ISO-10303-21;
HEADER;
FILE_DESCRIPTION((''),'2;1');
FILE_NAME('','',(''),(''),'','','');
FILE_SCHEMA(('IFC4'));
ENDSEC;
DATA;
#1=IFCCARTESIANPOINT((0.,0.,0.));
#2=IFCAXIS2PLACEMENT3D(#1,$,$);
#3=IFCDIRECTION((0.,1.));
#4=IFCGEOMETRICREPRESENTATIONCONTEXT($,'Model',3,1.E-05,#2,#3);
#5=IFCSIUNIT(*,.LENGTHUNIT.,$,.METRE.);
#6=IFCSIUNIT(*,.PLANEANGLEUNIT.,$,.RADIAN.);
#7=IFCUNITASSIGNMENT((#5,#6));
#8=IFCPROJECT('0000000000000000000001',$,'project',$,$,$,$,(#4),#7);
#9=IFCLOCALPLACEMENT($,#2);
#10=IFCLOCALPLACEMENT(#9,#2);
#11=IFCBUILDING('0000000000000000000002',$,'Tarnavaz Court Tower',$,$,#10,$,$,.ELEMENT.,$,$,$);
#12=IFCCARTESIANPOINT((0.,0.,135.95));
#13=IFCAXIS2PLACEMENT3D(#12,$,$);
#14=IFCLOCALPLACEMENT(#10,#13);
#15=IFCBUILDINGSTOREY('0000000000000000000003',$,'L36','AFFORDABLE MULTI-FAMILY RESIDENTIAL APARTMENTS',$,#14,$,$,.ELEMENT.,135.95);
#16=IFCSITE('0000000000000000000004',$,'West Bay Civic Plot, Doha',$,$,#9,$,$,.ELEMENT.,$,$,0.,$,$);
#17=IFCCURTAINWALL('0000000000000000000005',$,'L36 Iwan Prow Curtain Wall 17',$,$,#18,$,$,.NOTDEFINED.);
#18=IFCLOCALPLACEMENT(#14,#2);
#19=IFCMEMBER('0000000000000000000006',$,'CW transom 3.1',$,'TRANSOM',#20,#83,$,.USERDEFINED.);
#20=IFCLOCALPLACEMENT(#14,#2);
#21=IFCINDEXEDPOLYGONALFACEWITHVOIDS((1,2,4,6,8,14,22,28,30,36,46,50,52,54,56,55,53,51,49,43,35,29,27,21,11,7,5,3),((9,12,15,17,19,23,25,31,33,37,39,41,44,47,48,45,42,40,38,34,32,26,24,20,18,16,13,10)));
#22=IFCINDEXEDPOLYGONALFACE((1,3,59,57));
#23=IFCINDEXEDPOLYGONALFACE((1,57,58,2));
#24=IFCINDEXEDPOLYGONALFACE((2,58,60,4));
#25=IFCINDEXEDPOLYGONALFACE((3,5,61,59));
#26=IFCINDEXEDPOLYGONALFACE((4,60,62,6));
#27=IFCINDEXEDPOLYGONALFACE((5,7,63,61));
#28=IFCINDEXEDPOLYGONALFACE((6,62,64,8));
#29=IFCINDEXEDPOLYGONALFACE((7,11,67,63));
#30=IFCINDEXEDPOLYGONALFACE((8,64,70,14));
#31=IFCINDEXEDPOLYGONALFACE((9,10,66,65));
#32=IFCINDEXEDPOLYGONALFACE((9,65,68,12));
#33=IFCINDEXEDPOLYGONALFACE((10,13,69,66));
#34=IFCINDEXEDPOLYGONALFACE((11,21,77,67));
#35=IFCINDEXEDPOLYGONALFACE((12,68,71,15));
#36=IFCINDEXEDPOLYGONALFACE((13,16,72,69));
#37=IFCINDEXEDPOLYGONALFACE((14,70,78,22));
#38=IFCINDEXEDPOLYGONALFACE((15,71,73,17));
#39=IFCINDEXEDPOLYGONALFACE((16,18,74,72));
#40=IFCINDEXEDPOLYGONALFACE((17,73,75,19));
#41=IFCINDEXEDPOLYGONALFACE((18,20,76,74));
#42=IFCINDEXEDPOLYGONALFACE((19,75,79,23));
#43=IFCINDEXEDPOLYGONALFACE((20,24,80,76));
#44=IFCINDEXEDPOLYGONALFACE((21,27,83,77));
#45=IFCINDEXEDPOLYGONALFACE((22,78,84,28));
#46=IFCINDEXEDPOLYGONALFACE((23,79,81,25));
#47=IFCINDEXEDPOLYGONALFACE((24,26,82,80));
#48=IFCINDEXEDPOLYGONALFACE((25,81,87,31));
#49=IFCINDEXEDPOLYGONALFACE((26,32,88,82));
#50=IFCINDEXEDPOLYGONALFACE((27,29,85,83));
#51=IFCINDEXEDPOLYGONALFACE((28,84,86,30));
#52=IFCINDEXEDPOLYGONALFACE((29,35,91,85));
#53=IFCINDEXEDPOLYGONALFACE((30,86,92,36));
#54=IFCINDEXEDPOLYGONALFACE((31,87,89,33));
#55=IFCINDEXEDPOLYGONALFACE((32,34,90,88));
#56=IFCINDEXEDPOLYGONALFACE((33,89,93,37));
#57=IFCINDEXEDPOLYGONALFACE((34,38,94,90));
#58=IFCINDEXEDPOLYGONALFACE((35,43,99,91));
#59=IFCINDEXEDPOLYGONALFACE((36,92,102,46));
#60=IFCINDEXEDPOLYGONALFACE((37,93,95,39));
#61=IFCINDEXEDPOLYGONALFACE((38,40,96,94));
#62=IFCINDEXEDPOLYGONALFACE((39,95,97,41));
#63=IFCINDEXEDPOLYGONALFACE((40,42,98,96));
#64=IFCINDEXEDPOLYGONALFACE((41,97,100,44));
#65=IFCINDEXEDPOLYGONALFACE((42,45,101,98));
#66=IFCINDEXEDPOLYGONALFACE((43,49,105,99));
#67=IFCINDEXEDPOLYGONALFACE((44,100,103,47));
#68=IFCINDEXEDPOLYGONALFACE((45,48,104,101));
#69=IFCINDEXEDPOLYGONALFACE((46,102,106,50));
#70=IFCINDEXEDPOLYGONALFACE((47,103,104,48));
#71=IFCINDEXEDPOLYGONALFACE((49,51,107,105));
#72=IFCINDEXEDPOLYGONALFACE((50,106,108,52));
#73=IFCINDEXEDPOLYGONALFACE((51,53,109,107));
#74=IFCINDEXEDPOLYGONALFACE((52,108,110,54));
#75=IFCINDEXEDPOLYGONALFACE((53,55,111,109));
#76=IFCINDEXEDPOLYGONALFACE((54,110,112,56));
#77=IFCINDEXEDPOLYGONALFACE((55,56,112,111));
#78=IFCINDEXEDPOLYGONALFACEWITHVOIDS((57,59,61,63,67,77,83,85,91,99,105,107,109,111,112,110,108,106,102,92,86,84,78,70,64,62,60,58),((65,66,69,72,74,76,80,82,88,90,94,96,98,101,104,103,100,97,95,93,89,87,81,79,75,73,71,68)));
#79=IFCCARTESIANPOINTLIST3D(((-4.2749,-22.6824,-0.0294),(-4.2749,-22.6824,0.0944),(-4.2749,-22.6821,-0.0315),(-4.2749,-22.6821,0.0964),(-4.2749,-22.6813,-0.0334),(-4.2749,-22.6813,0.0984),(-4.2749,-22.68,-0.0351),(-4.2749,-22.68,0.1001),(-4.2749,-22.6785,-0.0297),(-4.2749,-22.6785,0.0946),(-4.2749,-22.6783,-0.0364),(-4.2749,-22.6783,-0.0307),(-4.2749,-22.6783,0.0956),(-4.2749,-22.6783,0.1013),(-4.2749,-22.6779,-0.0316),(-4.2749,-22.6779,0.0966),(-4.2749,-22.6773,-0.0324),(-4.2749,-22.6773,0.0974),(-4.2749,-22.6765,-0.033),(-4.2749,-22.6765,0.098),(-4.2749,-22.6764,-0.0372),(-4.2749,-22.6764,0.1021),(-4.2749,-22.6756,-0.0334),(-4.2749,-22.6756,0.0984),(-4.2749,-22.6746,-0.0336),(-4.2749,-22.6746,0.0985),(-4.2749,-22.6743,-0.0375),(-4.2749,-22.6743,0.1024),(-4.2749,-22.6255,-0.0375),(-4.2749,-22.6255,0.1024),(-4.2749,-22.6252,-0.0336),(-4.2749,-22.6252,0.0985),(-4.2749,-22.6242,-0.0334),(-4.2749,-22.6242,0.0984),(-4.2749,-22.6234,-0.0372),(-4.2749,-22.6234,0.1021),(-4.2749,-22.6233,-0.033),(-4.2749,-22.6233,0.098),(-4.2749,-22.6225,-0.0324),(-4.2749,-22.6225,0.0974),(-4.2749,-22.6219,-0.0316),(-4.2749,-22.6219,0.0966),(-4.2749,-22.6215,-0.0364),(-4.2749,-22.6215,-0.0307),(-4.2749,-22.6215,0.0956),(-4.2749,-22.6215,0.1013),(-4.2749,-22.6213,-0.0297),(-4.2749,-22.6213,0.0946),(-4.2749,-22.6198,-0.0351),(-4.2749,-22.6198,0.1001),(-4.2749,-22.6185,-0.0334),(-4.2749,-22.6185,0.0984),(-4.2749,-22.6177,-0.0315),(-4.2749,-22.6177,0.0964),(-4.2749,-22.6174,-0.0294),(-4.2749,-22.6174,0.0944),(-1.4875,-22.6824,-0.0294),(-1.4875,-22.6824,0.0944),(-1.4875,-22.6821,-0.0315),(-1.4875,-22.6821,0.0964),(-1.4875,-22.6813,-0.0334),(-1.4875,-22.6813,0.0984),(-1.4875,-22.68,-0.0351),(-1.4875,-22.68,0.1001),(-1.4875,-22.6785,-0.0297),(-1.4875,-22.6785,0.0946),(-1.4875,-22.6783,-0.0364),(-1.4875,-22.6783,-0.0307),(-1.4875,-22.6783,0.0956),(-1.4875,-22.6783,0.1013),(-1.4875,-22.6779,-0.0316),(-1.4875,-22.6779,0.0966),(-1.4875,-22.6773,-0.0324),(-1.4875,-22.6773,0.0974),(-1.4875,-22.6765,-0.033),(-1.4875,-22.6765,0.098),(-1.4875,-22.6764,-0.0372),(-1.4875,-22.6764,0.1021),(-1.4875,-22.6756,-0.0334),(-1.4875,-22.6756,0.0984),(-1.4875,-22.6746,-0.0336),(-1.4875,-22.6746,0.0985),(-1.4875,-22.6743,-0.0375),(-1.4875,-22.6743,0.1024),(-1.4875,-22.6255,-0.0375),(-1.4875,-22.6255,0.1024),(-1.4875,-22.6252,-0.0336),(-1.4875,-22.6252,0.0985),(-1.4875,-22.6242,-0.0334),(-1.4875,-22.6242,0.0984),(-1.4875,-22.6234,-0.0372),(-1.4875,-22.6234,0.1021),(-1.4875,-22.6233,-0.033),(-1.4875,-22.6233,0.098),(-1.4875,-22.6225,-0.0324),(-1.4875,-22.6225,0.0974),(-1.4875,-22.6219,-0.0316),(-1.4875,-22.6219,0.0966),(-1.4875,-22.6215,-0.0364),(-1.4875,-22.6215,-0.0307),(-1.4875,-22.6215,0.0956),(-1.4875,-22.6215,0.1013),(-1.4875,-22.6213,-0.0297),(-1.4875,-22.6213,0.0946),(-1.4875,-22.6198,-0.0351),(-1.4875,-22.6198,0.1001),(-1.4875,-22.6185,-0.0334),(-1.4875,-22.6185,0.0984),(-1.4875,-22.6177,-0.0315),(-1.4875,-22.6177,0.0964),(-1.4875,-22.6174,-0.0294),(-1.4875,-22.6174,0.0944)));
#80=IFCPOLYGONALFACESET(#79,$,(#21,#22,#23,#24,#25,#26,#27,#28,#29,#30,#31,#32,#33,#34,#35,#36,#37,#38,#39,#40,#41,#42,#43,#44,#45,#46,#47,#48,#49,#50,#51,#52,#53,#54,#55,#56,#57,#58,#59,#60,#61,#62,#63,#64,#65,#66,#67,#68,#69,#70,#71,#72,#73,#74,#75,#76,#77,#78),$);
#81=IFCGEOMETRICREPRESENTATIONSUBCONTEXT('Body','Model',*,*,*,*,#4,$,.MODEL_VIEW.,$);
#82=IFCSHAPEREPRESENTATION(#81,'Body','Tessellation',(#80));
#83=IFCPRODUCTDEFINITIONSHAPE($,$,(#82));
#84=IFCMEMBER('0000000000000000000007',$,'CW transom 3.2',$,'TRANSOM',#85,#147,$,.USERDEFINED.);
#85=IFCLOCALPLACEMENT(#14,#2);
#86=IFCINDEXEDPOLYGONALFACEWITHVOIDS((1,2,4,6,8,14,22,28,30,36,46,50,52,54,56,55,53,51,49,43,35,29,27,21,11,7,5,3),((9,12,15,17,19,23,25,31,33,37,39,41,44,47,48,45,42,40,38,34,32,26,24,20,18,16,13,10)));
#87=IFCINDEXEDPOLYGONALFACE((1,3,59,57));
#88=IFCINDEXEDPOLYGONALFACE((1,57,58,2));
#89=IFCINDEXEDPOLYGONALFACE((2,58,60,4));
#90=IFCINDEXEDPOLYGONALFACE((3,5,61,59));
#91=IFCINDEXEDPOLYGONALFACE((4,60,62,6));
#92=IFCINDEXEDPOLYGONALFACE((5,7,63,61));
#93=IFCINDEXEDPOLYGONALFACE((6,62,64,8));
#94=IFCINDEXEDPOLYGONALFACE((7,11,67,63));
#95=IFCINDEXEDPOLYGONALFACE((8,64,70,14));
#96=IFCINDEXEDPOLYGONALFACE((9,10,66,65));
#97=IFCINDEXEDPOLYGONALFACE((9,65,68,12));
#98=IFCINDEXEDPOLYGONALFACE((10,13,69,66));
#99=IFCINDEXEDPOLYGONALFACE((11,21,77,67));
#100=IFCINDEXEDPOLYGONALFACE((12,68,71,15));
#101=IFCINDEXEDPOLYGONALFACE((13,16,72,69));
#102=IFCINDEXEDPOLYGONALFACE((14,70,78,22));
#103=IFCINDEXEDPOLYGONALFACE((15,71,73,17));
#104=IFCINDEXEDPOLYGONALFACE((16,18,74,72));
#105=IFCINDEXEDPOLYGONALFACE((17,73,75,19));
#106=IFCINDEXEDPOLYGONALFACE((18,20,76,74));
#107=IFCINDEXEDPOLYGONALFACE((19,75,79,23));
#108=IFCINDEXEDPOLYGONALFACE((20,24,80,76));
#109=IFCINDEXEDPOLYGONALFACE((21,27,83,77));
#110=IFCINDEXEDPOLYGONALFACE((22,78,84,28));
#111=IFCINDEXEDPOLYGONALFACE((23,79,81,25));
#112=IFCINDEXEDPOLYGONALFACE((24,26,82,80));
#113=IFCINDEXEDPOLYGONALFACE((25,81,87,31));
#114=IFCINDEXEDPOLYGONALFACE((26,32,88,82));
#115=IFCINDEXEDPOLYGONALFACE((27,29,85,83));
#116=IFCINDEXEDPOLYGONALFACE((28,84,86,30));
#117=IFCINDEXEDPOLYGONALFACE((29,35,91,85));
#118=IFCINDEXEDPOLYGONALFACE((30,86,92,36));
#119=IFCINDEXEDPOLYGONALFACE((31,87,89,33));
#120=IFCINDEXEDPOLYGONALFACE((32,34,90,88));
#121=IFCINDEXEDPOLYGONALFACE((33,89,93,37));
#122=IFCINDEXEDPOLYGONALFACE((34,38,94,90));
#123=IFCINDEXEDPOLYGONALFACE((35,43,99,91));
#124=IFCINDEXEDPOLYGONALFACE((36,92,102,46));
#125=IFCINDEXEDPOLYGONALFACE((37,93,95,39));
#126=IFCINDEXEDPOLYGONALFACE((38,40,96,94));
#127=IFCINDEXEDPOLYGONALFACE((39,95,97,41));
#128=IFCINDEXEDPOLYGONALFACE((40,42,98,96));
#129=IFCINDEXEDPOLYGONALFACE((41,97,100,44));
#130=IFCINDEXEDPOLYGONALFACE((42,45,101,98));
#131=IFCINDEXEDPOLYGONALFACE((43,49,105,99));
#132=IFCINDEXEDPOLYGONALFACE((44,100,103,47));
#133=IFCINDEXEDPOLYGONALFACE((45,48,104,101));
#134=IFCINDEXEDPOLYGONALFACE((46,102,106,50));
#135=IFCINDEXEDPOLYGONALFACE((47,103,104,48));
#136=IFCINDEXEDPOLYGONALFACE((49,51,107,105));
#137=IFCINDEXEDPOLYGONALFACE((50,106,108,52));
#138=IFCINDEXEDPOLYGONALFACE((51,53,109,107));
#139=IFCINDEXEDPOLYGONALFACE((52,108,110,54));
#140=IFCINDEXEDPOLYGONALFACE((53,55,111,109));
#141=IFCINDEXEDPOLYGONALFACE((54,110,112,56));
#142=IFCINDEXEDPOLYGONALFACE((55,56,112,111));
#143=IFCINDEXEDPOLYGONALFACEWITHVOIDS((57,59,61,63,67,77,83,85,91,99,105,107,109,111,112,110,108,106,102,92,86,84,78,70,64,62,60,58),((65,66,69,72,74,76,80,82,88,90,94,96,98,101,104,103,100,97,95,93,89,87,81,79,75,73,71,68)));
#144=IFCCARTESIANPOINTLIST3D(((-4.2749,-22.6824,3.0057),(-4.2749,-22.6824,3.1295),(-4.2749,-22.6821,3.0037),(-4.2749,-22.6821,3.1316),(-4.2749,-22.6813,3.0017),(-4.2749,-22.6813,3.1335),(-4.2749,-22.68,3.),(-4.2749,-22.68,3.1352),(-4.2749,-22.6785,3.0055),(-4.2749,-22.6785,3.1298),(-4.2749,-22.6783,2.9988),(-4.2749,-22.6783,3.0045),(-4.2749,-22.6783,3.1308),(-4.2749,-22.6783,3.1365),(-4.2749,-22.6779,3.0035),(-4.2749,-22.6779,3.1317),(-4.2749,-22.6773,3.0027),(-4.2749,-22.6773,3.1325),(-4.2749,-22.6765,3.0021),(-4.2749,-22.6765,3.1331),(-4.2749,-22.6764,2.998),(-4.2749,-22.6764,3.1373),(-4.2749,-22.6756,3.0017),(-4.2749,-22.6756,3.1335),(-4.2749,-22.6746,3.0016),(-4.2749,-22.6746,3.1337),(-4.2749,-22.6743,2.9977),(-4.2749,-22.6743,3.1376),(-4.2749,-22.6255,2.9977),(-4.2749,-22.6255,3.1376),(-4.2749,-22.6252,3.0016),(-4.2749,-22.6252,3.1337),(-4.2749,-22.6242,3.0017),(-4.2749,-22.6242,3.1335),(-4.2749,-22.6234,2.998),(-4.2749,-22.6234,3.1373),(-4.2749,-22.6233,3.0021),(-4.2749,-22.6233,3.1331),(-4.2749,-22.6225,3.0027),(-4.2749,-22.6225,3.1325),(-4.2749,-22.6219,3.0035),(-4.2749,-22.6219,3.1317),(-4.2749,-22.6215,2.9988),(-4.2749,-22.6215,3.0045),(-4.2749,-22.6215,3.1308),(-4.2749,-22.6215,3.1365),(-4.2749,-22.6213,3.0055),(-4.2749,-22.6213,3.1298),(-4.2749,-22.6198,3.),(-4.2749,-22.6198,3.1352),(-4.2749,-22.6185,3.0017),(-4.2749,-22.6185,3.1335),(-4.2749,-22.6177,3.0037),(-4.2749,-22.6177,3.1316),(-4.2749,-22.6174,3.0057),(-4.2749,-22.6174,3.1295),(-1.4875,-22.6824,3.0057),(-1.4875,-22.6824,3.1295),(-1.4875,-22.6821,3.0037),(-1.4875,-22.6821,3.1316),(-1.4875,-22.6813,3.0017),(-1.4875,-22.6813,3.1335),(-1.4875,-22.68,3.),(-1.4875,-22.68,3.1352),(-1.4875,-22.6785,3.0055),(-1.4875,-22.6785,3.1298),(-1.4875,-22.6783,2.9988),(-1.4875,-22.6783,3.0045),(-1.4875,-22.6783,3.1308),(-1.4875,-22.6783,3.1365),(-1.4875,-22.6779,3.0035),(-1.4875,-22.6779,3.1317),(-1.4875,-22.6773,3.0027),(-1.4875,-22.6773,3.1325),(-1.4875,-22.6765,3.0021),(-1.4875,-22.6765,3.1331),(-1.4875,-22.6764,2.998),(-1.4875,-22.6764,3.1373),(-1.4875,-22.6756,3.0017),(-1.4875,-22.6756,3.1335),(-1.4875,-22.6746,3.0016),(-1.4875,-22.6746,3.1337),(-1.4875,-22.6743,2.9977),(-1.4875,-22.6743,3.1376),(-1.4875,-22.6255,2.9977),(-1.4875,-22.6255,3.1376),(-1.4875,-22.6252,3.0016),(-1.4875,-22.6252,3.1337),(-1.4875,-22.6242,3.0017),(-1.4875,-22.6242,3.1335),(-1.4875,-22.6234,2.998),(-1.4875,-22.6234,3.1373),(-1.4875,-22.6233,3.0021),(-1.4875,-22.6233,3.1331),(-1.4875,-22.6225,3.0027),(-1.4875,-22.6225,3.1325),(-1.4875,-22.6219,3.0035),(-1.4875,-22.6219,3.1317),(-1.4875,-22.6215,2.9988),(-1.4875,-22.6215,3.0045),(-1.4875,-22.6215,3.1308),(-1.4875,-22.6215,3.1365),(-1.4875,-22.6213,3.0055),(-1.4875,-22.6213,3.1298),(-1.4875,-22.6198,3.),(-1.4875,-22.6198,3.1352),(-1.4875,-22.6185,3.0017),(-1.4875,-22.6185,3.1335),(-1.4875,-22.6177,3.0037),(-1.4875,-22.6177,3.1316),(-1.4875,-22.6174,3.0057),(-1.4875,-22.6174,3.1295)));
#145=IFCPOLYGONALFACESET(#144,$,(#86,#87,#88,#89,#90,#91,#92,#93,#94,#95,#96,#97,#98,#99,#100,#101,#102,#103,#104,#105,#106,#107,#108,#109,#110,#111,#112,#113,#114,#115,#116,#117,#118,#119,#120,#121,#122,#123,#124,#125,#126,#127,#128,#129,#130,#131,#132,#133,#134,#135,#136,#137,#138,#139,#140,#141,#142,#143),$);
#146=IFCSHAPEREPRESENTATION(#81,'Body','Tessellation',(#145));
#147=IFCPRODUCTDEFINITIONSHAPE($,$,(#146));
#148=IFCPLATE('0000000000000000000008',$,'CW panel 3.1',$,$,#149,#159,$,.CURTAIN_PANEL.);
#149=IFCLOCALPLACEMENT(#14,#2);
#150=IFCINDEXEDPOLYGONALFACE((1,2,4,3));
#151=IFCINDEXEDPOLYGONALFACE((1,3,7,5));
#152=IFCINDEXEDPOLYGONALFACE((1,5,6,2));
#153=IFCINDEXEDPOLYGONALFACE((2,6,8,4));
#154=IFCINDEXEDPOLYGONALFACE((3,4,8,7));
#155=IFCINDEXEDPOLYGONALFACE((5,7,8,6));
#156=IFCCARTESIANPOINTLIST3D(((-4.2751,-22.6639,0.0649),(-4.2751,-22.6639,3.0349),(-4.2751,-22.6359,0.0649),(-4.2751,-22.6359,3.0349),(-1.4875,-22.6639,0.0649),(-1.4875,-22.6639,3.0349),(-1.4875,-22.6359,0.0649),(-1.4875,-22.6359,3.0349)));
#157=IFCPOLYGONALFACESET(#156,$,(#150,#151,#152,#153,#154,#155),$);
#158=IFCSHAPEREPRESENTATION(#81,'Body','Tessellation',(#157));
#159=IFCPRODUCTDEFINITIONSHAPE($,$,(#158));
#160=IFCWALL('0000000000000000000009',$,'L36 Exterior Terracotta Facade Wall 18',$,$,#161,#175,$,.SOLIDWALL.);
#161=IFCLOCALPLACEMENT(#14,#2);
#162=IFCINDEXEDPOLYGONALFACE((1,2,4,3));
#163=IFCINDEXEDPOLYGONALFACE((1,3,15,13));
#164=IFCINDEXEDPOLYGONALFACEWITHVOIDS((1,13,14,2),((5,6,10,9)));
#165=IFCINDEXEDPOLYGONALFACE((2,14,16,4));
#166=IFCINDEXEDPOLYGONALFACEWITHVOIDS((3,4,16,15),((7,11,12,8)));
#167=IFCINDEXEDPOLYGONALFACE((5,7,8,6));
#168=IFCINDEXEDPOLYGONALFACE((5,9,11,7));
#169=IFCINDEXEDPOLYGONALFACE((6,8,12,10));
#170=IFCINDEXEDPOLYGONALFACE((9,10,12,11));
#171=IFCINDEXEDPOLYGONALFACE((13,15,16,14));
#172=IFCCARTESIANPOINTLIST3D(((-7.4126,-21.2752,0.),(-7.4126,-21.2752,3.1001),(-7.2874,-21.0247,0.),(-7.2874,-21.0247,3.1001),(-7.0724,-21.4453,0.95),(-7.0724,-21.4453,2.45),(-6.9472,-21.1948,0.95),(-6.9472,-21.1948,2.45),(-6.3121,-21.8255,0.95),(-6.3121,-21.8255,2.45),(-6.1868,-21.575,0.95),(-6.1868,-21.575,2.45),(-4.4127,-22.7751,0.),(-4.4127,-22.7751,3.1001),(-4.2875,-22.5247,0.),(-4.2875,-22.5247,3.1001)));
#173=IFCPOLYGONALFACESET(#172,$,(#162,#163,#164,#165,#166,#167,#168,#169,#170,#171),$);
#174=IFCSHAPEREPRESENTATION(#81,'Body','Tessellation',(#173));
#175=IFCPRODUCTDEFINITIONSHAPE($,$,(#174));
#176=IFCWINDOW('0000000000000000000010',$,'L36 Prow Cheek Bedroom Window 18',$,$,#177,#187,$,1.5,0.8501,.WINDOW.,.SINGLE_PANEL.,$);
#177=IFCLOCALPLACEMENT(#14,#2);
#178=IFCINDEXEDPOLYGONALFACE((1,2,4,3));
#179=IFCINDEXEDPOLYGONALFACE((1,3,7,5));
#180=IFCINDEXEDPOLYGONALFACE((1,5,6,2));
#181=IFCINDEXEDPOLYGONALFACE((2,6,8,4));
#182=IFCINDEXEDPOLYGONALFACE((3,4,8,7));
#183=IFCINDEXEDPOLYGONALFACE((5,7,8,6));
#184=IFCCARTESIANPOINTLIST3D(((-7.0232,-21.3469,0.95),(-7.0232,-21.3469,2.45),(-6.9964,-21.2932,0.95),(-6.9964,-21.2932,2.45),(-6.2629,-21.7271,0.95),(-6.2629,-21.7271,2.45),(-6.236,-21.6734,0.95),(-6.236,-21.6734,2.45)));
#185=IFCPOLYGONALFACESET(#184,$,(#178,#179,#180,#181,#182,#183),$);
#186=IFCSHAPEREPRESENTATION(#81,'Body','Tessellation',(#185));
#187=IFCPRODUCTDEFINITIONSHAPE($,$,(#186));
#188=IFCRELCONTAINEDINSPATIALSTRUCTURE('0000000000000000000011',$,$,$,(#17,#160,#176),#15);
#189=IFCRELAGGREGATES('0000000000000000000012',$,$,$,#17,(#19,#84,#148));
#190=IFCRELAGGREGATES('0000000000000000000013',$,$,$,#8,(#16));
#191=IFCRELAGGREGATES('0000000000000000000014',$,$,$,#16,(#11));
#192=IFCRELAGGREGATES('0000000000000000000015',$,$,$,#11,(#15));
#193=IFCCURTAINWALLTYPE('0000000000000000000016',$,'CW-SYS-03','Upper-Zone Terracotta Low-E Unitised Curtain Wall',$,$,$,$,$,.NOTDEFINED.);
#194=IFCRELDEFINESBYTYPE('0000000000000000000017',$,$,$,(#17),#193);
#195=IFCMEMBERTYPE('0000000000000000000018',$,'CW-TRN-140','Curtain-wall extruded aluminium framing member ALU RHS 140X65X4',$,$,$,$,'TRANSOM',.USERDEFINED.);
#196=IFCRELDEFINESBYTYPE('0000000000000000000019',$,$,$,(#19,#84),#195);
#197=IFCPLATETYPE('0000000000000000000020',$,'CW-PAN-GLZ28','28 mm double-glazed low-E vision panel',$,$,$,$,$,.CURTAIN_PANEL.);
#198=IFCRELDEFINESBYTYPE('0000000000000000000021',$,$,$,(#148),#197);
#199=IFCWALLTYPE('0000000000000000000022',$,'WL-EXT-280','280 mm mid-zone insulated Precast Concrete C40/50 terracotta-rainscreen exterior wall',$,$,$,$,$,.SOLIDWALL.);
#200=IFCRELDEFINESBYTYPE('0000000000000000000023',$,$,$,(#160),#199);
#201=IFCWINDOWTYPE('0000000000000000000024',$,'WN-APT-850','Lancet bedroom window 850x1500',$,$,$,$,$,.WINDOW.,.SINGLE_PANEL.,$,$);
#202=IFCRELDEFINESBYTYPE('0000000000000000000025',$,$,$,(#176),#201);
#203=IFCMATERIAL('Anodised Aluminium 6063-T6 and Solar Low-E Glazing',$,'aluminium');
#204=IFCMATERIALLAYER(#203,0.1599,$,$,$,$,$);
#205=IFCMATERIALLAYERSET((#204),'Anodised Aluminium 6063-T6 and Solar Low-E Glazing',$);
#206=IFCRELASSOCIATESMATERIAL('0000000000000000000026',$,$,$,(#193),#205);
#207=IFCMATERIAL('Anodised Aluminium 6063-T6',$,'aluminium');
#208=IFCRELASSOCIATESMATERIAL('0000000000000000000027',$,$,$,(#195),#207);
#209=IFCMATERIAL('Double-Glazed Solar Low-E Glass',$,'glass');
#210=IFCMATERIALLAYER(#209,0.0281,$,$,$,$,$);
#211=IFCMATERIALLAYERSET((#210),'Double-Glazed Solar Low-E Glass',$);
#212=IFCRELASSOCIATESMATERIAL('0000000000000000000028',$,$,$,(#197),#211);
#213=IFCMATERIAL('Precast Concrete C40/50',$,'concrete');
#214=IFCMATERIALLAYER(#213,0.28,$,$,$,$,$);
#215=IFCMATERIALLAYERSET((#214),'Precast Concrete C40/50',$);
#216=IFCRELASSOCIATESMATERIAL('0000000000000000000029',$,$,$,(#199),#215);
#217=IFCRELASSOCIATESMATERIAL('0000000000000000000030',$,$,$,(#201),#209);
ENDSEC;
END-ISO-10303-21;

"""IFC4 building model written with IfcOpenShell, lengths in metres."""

from ifc_helpers import new_model, si_unit, direction, frame, frame_2d, origin, origin_2d, place, context, subcontext, project, spatial, rectangle, hollow_rectangle, extrude, material, layer, layer_set, material_profile, profile_set, type_object, element, fill, aggregate, save


model = new_model("IFC4")

# Units and contexts
model_context = context("Model", 3, precision=1e-05, world=origin(), true_north=direction((0.0, 1.0)))
body_context = subcontext(model_context, "Body", "Model", "MODEL_VIEW")
ifc_project = project(units=[si_unit("LENGTHUNIT", "METRE"), si_unit("PLANEANGLEUNIT", "RADIAN")], contexts=[model_context])

# Site, building, storey
site_placement = place(None, origin())
site = spatial("IfcSite", under=ifc_project, at=site_placement, Name="West Bay Civic Plot, Doha", CompositionType="ELEMENT", RefElevation=0.0)
building_placement = place(site_placement, origin())
building = spatial("IfcBuilding", under=site, at=building_placement, Name="Tarnavaz Court Tower", CompositionType="ELEMENT")
storey_placement = place(building_placement, frame((0.0, 0.0, 135.95)))
storey = spatial("IfcBuildingStorey", under=building, at=storey_placement, Name="L36", Description="AFFORDABLE MULTI-FAMILY RESIDENTIAL APARTMENTS", CompositionType="ELEMENT", Elevation=135.95)

# Curtain wall, members, plate
ifc_material_1 = material(Name="Anodised Aluminium 6063-T6 and Solar Low-E Glazing", Category="aluminium")
ifc_layer_1 = layer(ifc_material_1, 0.1599)
ifc_layer_set_1 = layer_set([ifc_layer_1], Name="Anodised Aluminium 6063-T6 and Solar Low-E Glazing")
curtain_wall_type = type_object("IfcCurtainWallType", Name="CW-SYS-03", Description="Upper-Zone Terracotta Low-E Unitised Curtain Wall", PredefinedType="NOTDEFINED", material=ifc_layer_set_1)
curtain_wall_placement = place(storey_placement, origin())
curtain_wall = element("IfcCurtainWall", 1, at=curtain_wall_placement, inside=storey, type_object=curtain_wall_type, Name="L36 Iwan Prow Curtain Wall 17", PredefinedType="NOTDEFINED")
ifc_material_2 = material(Name="Anodised Aluminium 6063-T6", Category="aluminium")
ifc_material_profile_1 = material_profile(ifc_material_2, hollow_rectangle(XDim=0.0649, YDim=0.1399, WallThickness=0.0039, InnerFilletRadius=0.0039, OuterFilletRadius=0.0081, at=origin_2d()), Name="ALU RHS 140X65X4")
ifc_profile_set_1 = profile_set([ifc_material_profile_1], Name="Anodised Aluminium 6063-T6")
member_type_1 = type_object("IfcMemberType", Name="CW-TRN-140", Description="Curtain-wall extruded aluminium framing member ALU RHS 140X65X4", ElementType="TRANSOM", PredefinedType="USERDEFINED", material=ifc_profile_set_1)
member_1_placement = place(storey_placement, frame((-1.4875, -22.6499, 0.0325), z_axis=(-1.0, 0.0, 0.0), x_axis=(0.0, -1.0, 0.0)))
member_1 = element("IfcMember", 2, at=member_1_placement, type_object=member_type_1, Name="CW transom 3.1", ObjectType="TRANSOM", PredefinedType="USERDEFINED", context=body_context, shape_type="SweptSolid", body=[
    extrude(hollow_rectangle(XDim=0.0649, YDim=0.1399, WallThickness=0.0039, InnerFilletRadius=0.0039, OuterFilletRadius=0.0081, at=origin_2d()), origin(), (0.0, 0.0, 1.0), 2.7874),
])
member_2_placement = place(storey_placement, frame((-1.4875, -22.6499, 3.0676), z_axis=(-1.0, 0.0, 0.0), x_axis=(0.0, -1.0, 0.0)))
member_2 = element("IfcMember", 3, at=member_2_placement, type_object=member_type_1, Name="CW transom 3.2", ObjectType="TRANSOM", PredefinedType="USERDEFINED", context=body_context, shape_type="SweptSolid", body=[
    extrude(hollow_rectangle(XDim=0.0649, YDim=0.1399, WallThickness=0.0039, InnerFilletRadius=0.0039, OuterFilletRadius=0.0081, at=origin_2d()), origin(), (0.0, 0.0, 1.0), 2.7874),
])
ifc_material_3 = material(Name="Double-Glazed Solar Low-E Glass", Category="glass")
ifc_layer_2 = layer(ifc_material_3, 0.0281)
ifc_layer_set_2 = layer_set([ifc_layer_2], Name="Double-Glazed Solar Low-E Glass")
plate_type = type_object("IfcPlateType", Name="CW-PAN-GLZ28", Description="28 mm double-glazed low-E vision panel", PredefinedType="CURTAIN_PANEL", material=ifc_layer_set_2)
plate_placement = place(storey_placement, frame((-2.8813, -22.6499, 0.0649), z_axis=(0.0, 0.0, 1.0), x_axis=(-1.0, 0.0, 0.0)))
plate = element("IfcPlate", 4, at=plate_placement, type_object=plate_type, Name="CW panel 3.1", PredefinedType="CURTAIN_PANEL", context=body_context, shape_type="SweptSolid", body=[
    extrude(rectangle(XDim=2.7876, YDim=0.0281, at=origin_2d()), origin(), (0.0, 0.0, 1.0), 2.97),
])
aggregate(curtain_wall, [member_1, member_2, plate])

# Wall, opening, window
ifc_material_4 = material(Name="Precast Concrete C40/50", Category="concrete")
ifc_layer_3 = layer(ifc_material_4, 0.28)
ifc_layer_set_3 = layer_set([ifc_layer_3], Name="Precast Concrete C40/50")
wall_type_1 = type_object("IfcWallType", Name="WL-EXT-280", Description="280 mm mid-zone insulated Precast Concrete C40/50 terracotta-rainscreen exterior wall", PredefinedType="SOLIDWALL", material=ifc_layer_set_3)
wall_1_placement = place(storey_placement, frame((-4.3501, -22.6499, 0.0), z_axis=(0.0, 0.0, 1.0), x_axis=(-0.894427, 0.447214, 0.0)))
wall_1 = element("IfcWall", 5, at=wall_1_placement, inside=storey, type_object=wall_type_1, Name="L36 Exterior Terracotta Facade Wall 18", PredefinedType="SOLIDWALL", context=body_context, shape_type="SweptSolid", body=[
    extrude(rectangle(XDim=3.354, YDim=0.28, at=frame_2d((1.677, 0.0))), origin(), (0.0, 0.0, 1.0), 3.1001),
])
opening_1_placement = place(wall_1_placement, frame((2.1235, 0.0, 0.95)))
opening_1 = element("IfcOpeningElement", 6, at=opening_1_placement, cuts=wall_1, PredefinedType="OPENING", context=body_context, shape_type="SweptSolid", body=[
    extrude(rectangle(XDim=0.8501, YDim=1.5, at=frame_2d((0.425, 0.75))), frame((0.0, 0.1499, 0.0), z_axis=(0.0, -1.0, 0.0), x_axis=(1.0, 0.0, 0.0)), (0.0, 0.0, 1.0), 0.3),
])
window_type_1 = type_object("IfcWindowType", Name="WN-APT-850", Description="Lancet bedroom window 850x1500", PartitioningType="SINGLE_PANEL", PredefinedType="WINDOW", material=ifc_material_3)
window_1_placement = place(opening_1_placement, origin())
window_1 = element("IfcWindow", 7, at=window_1_placement, inside=storey, type_object=window_type_1, Name="L36 Prow Cheek Bedroom Window 18", OverallHeight=1.5, OverallWidth=0.8501, PartitioningType="SINGLE_PANEL", PredefinedType="WINDOW", context=body_context, shape_type="SweptSolid", body=[
    extrude(rectangle(XDim=0.8501, YDim=1.5, at=frame_2d((0.425, 0.75))), frame((0.0, 0.03, 0.0), z_axis=(0.0, -1.0, 0.0), x_axis=(1.0, 0.0, 0.0)), (0.0, 0.0, 1.0), 0.0601),
])
fill(opening_1, window_1)

save(model, "model.ifc")
